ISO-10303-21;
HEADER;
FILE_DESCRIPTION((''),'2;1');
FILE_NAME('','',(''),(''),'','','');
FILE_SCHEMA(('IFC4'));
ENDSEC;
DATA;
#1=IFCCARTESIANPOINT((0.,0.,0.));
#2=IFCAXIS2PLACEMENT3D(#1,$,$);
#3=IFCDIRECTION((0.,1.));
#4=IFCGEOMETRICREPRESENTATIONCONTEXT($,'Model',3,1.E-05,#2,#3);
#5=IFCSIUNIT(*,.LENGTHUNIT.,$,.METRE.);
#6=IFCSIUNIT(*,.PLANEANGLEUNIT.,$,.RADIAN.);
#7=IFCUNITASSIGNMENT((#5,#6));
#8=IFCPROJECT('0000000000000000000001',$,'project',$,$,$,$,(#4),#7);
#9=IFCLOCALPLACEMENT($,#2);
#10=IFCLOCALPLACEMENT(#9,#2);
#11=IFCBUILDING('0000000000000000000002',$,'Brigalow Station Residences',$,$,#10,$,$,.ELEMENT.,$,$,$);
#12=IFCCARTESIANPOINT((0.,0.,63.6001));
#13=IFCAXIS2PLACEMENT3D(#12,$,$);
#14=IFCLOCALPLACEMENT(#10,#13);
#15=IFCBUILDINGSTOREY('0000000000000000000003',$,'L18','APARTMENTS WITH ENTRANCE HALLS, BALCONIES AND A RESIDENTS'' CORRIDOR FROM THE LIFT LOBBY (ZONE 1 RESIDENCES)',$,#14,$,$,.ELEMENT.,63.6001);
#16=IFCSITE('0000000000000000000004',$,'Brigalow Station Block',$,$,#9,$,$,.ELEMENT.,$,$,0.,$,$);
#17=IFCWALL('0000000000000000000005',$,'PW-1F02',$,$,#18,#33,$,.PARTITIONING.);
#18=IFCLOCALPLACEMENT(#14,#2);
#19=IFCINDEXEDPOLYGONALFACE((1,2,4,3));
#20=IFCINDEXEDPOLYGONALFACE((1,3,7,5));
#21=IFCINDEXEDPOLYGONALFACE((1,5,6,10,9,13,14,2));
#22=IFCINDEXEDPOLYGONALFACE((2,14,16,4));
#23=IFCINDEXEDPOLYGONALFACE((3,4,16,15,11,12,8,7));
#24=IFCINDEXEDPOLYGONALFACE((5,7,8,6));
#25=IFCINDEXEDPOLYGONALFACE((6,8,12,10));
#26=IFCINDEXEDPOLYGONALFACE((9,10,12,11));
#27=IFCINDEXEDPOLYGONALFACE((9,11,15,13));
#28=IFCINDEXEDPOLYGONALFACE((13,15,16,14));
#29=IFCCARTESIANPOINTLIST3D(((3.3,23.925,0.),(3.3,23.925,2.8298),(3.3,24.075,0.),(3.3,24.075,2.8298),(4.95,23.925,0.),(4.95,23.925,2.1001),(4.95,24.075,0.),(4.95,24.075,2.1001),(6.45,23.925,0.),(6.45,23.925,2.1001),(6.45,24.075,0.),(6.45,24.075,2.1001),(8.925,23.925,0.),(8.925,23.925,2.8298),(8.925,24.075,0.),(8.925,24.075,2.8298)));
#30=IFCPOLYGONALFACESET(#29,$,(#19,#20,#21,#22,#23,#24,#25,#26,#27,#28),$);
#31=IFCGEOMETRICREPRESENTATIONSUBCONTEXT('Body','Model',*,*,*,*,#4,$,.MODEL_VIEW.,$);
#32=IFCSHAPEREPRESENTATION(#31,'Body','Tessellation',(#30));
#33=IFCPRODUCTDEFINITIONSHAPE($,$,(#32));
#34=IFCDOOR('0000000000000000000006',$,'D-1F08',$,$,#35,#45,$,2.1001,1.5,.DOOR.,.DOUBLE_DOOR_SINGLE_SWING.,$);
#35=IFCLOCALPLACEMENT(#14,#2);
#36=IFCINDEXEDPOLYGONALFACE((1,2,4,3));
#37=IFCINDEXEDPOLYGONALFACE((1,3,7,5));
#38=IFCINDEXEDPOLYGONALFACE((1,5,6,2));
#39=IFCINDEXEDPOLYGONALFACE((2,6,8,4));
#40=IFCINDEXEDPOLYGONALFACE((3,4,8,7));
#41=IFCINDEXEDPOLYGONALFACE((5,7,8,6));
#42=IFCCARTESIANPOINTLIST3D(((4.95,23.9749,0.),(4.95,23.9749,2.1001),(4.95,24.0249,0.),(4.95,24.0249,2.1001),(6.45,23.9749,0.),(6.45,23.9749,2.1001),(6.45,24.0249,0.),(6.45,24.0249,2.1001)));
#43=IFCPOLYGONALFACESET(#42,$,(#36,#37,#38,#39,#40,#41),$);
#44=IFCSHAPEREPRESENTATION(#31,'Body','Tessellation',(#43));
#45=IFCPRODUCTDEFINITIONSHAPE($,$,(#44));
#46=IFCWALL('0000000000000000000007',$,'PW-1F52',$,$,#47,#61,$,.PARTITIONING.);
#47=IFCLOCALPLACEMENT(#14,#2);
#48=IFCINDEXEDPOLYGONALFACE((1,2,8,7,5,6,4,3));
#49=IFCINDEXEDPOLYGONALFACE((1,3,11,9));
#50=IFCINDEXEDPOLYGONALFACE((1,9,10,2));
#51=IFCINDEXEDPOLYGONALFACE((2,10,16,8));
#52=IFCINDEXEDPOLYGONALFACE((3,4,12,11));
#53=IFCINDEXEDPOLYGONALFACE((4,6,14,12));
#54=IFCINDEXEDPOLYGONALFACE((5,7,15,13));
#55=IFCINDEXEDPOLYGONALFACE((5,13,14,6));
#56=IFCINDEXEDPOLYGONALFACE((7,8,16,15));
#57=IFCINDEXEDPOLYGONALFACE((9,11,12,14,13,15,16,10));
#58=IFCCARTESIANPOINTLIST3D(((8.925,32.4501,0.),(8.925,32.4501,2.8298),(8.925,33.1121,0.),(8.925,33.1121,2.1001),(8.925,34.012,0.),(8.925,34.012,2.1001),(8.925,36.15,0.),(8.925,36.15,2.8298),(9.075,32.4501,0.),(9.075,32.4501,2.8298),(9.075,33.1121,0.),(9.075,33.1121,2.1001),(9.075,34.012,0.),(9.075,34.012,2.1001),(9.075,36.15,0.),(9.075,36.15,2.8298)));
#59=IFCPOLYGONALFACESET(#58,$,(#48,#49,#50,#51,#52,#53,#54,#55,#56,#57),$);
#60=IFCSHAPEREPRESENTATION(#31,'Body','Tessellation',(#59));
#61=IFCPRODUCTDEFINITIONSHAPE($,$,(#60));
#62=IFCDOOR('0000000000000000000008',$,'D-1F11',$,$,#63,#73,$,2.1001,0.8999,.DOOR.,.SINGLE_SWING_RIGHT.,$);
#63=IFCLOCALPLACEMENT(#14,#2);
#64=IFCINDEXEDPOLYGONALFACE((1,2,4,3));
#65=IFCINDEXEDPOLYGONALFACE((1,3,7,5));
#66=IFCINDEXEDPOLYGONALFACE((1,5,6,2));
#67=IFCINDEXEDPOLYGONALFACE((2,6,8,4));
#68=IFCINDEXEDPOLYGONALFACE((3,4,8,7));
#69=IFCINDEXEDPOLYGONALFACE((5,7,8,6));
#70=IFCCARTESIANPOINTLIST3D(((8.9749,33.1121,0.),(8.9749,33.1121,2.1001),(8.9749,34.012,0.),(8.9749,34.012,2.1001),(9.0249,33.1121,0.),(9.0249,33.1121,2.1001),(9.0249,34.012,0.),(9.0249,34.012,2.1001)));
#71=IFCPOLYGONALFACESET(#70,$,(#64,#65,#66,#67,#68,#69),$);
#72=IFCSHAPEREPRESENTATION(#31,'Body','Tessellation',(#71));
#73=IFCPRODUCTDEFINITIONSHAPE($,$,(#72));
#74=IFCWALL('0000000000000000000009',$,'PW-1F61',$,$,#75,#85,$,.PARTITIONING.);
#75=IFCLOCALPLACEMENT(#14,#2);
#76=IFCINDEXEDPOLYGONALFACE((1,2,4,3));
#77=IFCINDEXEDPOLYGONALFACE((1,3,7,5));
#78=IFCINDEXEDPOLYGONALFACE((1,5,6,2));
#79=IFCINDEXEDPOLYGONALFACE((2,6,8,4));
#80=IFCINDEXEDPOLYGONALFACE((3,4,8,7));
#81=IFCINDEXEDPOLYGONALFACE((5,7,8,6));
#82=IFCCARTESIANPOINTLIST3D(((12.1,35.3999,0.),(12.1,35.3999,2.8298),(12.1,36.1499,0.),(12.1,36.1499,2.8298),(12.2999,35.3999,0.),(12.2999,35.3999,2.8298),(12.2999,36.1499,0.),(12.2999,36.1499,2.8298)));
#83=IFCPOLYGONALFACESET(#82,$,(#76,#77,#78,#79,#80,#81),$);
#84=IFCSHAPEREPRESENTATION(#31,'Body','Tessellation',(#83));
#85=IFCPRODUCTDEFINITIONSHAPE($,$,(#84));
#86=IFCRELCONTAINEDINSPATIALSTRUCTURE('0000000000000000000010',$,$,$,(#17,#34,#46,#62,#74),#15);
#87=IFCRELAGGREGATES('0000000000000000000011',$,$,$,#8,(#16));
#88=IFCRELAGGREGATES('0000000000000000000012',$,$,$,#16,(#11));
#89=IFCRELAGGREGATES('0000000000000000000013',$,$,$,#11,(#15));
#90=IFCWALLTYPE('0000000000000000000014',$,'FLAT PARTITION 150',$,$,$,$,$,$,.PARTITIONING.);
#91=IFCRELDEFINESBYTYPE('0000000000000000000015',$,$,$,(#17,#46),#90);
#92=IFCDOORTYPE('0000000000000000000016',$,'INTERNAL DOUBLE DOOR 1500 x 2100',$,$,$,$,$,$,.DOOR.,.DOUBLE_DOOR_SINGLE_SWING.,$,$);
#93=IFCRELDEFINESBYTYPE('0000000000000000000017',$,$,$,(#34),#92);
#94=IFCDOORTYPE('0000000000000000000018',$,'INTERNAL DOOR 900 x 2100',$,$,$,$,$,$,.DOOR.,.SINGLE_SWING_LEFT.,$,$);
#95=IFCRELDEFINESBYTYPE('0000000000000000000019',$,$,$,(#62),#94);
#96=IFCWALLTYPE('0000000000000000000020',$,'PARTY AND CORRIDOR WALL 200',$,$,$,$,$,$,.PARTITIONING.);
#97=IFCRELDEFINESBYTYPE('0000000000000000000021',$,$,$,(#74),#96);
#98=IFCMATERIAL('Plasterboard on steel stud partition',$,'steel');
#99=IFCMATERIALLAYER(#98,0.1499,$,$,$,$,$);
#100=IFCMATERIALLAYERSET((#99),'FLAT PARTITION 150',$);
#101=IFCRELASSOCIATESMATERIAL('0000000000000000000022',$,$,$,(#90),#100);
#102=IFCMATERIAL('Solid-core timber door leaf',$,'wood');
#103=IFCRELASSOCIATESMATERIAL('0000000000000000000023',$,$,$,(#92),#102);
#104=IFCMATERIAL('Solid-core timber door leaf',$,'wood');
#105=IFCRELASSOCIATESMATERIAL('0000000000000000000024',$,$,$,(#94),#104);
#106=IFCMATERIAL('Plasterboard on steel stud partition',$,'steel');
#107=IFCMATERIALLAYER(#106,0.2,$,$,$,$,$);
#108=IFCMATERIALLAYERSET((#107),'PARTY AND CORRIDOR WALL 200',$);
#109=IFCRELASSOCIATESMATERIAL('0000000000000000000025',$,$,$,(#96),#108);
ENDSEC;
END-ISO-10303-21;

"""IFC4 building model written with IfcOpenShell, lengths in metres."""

from ifc_helpers import new_model, si_unit, direction, frame, frame_2d, origin, place, context, subcontext, project, spatial, rectangle, extrude, material, layer, layer_set, type_object, element, fill, save


model = new_model("IFC4")

# Units and contexts
model_context = context("Model", 3, precision=1e-05, world=origin(), true_north=direction((0.0, 1.0)))
body_context = subcontext(model_context, "Body", "Model", "MODEL_VIEW")
ifc_project = project(units=[si_unit("LENGTHUNIT", "METRE"), si_unit("PLANEANGLEUNIT", "RADIAN")], contexts=[model_context])

# Site, building, storey
site_placement = place(None, origin())
site = spatial("IfcSite", under=ifc_project, at=site_placement, Name="Brigalow Station Block", CompositionType="ELEMENT", RefElevation=0.0)
building_placement = place(site_placement, origin())
building = spatial("IfcBuilding", under=site, at=building_placement, Name="Brigalow Station Residences", CompositionType="ELEMENT")
storey_placement = place(building_placement, frame((0.0, 0.0, 63.6001)))
storey = spatial("IfcBuildingStorey", under=building, at=storey_placement, Name="L18", Description="APARTMENTS WITH ENTRANCE HALLS, BALCONIES AND A RESIDENTS' CORRIDOR FROM THE LIFT LOBBY (ZONE 1 RESIDENCES)", CompositionType="ELEMENT", Elevation=63.6001)

# Walls, openings, doors
ifc_material_1 = material(Name="Plasterboard on steel stud partition", Category="steel")
ifc_layer_1 = layer(ifc_material_1, 0.1499)
ifc_layer_set_1 = layer_set([ifc_layer_1], Name="FLAT PARTITION 150")
wall_type_1 = type_object("IfcWallType", Name="FLAT PARTITION 150", PredefinedType="PARTITIONING", material=ifc_layer_set_1)
wall_1_placement = place(storey_placement, frame((3.3, 24.0, 0.0), z_axis=(0.0, 0.0, 1.0), x_axis=(1.0, 0.0, 0.0)))
wall_1 = element("IfcWall", 1, at=wall_1_placement, inside=storey, type_object=wall_type_1, Name="PW-1F02", PredefinedType="PARTITIONING", context=body_context, shape_type="SweptSolid", body=[
    extrude(rectangle(XDim=5.625, YDim=0.1499, at=frame_2d((2.8125, 0.0))), origin(), (0.0, 0.0, 1.0), 2.8298),
])
opening_1_placement = place(wall_1_placement, frame((1.6499, 0.0, 0.0)))
opening_1 = element("IfcOpeningElement", 2, at=opening_1_placement, cuts=wall_1, PredefinedType="OPENING", context=body_context, shape_type="SweptSolid", body=[
    extrude(rectangle(XDim=1.5, YDim=2.1001, at=frame_2d((0.75, 1.05))), frame((0.0, 0.085, 0.0), z_axis=(0.0, -1.0, 0.0), x_axis=(1.0, 0.0, 0.0)), (0.0, 0.0, 1.0), 0.1699),
])
ifc_material_2 = material(Name="Solid-core timber door leaf", Category="wood")
door_type_1 = type_object("IfcDoorType", Name="INTERNAL DOUBLE DOOR 1500 x 2100", OperationType="DOUBLE_DOOR_SINGLE_SWING", PredefinedType="DOOR", material=ifc_material_2)
door_1_placement = place(opening_1_placement, origin())
door_1 = element("IfcDoor", 3, at=door_1_placement, inside=storey, type_object=door_type_1, Name="D-1F08", OperationType="DOUBLE_DOOR_SINGLE_SWING", OverallHeight=2.1001, OverallWidth=1.5, PredefinedType="DOOR", context=body_context, shape_type="SweptSolid", body=[
    extrude(rectangle(XDim=1.5, YDim=2.1001, at=frame_2d((0.75, 1.05))), frame((0.0, 0.0249, 0.0), z_axis=(0.0, -1.0, 0.0), x_axis=(1.0, 0.0, 0.0)), (0.0, 0.0, 1.0), 0.05),
])
fill(opening_1, door_1)
wall_2_placement = place(storey_placement, frame((9.0, 32.45, 0.0), z_axis=(0.0, 0.0, 1.0), x_axis=(0.0, 1.0, 0.0)))
wall_2 = element("IfcWall", 4, at=wall_2_placement, inside=storey, type_object=wall_type_1, Name="PW-1F52", PredefinedType="PARTITIONING", context=body_context, shape_type="SweptSolid", body=[
    extrude(rectangle(XDim=3.7, YDim=0.1499, at=frame_2d((1.8501, 0.0))), origin(), (0.0, 0.0, 1.0), 2.8298),
])
opening_2_placement = place(wall_2_placement, frame((0.6621, 0.0, 0.0)))
opening_2 = element("IfcOpeningElement", 5, at=opening_2_placement, cuts=wall_2, PredefinedType="OPENING", context=body_context, shape_type="SweptSolid", body=[
    extrude(rectangle(XDim=0.8999, YDim=2.1001, at=frame_2d((0.45, 1.05))), frame((0.0, 0.085, 0.0), z_axis=(0.0, -1.0, 0.0), x_axis=(1.0, 0.0, 0.0)), (0.0, 0.0, 1.0), 0.1699),
])
ifc_material_3 = material(Name="Solid-core timber door leaf", Category="wood")
door_type_2 = type_object("IfcDoorType", Name="INTERNAL DOOR 900 x 2100", OperationType="SINGLE_SWING_LEFT", PredefinedType="DOOR", material=ifc_material_3)
door_2_placement = place(opening_2_placement, frame((0.8999, 0.0, 0.0), z_axis=(0.0, 0.0, 1.0), x_axis=(-1.0, 0.0, 0.0)))
door_2 = element("IfcDoor", 6, at=door_2_placement, inside=storey, type_object=door_type_2, Name="D-1F11", OperationType="SINGLE_SWING_RIGHT", OverallHeight=2.1001, OverallWidth=0.8999, PredefinedType="DOOR", context=body_context, shape_type="SweptSolid", body=[
    extrude(rectangle(XDim=0.8999, YDim=2.1001, at=frame_2d((0.45, 1.05))), frame((0.0, 0.0249, 0.0), z_axis=(0.0, -1.0, 0.0), x_axis=(1.0, 0.0, 0.0)), (0.0, 0.0, 1.0), 0.05),
])
fill(opening_2, door_2)

# Wall
ifc_material_4 = material(Name="Plasterboard on steel stud partition", Category="steel")
ifc_layer_2 = layer(ifc_material_4, 0.2)
ifc_layer_set_2 = layer_set([ifc_layer_2], Name="PARTY AND CORRIDOR WALL 200")
wall_type_2 = type_object("IfcWallType", Name="PARTY AND CORRIDOR WALL 200", PredefinedType="PARTITIONING", material=ifc_layer_set_2)
wall_3_placement = place(storey_placement, frame((12.2, 35.3999, 0.0), z_axis=(0.0, 0.0, 1.0), x_axis=(0.0, 1.0, 0.0)))
element("IfcWall", 7, at=wall_3_placement, inside=storey, type_object=wall_type_2, Name="PW-1F61", PredefinedType="PARTITIONING", context=body_context, shape_type="SweptSolid", body=[
    extrude(rectangle(XDim=0.75, YDim=0.2, at=frame_2d((0.375, 0.0))), origin(), (0.0, 0.0, 1.0), 2.8298),
])

save(model, "model.ifc")
